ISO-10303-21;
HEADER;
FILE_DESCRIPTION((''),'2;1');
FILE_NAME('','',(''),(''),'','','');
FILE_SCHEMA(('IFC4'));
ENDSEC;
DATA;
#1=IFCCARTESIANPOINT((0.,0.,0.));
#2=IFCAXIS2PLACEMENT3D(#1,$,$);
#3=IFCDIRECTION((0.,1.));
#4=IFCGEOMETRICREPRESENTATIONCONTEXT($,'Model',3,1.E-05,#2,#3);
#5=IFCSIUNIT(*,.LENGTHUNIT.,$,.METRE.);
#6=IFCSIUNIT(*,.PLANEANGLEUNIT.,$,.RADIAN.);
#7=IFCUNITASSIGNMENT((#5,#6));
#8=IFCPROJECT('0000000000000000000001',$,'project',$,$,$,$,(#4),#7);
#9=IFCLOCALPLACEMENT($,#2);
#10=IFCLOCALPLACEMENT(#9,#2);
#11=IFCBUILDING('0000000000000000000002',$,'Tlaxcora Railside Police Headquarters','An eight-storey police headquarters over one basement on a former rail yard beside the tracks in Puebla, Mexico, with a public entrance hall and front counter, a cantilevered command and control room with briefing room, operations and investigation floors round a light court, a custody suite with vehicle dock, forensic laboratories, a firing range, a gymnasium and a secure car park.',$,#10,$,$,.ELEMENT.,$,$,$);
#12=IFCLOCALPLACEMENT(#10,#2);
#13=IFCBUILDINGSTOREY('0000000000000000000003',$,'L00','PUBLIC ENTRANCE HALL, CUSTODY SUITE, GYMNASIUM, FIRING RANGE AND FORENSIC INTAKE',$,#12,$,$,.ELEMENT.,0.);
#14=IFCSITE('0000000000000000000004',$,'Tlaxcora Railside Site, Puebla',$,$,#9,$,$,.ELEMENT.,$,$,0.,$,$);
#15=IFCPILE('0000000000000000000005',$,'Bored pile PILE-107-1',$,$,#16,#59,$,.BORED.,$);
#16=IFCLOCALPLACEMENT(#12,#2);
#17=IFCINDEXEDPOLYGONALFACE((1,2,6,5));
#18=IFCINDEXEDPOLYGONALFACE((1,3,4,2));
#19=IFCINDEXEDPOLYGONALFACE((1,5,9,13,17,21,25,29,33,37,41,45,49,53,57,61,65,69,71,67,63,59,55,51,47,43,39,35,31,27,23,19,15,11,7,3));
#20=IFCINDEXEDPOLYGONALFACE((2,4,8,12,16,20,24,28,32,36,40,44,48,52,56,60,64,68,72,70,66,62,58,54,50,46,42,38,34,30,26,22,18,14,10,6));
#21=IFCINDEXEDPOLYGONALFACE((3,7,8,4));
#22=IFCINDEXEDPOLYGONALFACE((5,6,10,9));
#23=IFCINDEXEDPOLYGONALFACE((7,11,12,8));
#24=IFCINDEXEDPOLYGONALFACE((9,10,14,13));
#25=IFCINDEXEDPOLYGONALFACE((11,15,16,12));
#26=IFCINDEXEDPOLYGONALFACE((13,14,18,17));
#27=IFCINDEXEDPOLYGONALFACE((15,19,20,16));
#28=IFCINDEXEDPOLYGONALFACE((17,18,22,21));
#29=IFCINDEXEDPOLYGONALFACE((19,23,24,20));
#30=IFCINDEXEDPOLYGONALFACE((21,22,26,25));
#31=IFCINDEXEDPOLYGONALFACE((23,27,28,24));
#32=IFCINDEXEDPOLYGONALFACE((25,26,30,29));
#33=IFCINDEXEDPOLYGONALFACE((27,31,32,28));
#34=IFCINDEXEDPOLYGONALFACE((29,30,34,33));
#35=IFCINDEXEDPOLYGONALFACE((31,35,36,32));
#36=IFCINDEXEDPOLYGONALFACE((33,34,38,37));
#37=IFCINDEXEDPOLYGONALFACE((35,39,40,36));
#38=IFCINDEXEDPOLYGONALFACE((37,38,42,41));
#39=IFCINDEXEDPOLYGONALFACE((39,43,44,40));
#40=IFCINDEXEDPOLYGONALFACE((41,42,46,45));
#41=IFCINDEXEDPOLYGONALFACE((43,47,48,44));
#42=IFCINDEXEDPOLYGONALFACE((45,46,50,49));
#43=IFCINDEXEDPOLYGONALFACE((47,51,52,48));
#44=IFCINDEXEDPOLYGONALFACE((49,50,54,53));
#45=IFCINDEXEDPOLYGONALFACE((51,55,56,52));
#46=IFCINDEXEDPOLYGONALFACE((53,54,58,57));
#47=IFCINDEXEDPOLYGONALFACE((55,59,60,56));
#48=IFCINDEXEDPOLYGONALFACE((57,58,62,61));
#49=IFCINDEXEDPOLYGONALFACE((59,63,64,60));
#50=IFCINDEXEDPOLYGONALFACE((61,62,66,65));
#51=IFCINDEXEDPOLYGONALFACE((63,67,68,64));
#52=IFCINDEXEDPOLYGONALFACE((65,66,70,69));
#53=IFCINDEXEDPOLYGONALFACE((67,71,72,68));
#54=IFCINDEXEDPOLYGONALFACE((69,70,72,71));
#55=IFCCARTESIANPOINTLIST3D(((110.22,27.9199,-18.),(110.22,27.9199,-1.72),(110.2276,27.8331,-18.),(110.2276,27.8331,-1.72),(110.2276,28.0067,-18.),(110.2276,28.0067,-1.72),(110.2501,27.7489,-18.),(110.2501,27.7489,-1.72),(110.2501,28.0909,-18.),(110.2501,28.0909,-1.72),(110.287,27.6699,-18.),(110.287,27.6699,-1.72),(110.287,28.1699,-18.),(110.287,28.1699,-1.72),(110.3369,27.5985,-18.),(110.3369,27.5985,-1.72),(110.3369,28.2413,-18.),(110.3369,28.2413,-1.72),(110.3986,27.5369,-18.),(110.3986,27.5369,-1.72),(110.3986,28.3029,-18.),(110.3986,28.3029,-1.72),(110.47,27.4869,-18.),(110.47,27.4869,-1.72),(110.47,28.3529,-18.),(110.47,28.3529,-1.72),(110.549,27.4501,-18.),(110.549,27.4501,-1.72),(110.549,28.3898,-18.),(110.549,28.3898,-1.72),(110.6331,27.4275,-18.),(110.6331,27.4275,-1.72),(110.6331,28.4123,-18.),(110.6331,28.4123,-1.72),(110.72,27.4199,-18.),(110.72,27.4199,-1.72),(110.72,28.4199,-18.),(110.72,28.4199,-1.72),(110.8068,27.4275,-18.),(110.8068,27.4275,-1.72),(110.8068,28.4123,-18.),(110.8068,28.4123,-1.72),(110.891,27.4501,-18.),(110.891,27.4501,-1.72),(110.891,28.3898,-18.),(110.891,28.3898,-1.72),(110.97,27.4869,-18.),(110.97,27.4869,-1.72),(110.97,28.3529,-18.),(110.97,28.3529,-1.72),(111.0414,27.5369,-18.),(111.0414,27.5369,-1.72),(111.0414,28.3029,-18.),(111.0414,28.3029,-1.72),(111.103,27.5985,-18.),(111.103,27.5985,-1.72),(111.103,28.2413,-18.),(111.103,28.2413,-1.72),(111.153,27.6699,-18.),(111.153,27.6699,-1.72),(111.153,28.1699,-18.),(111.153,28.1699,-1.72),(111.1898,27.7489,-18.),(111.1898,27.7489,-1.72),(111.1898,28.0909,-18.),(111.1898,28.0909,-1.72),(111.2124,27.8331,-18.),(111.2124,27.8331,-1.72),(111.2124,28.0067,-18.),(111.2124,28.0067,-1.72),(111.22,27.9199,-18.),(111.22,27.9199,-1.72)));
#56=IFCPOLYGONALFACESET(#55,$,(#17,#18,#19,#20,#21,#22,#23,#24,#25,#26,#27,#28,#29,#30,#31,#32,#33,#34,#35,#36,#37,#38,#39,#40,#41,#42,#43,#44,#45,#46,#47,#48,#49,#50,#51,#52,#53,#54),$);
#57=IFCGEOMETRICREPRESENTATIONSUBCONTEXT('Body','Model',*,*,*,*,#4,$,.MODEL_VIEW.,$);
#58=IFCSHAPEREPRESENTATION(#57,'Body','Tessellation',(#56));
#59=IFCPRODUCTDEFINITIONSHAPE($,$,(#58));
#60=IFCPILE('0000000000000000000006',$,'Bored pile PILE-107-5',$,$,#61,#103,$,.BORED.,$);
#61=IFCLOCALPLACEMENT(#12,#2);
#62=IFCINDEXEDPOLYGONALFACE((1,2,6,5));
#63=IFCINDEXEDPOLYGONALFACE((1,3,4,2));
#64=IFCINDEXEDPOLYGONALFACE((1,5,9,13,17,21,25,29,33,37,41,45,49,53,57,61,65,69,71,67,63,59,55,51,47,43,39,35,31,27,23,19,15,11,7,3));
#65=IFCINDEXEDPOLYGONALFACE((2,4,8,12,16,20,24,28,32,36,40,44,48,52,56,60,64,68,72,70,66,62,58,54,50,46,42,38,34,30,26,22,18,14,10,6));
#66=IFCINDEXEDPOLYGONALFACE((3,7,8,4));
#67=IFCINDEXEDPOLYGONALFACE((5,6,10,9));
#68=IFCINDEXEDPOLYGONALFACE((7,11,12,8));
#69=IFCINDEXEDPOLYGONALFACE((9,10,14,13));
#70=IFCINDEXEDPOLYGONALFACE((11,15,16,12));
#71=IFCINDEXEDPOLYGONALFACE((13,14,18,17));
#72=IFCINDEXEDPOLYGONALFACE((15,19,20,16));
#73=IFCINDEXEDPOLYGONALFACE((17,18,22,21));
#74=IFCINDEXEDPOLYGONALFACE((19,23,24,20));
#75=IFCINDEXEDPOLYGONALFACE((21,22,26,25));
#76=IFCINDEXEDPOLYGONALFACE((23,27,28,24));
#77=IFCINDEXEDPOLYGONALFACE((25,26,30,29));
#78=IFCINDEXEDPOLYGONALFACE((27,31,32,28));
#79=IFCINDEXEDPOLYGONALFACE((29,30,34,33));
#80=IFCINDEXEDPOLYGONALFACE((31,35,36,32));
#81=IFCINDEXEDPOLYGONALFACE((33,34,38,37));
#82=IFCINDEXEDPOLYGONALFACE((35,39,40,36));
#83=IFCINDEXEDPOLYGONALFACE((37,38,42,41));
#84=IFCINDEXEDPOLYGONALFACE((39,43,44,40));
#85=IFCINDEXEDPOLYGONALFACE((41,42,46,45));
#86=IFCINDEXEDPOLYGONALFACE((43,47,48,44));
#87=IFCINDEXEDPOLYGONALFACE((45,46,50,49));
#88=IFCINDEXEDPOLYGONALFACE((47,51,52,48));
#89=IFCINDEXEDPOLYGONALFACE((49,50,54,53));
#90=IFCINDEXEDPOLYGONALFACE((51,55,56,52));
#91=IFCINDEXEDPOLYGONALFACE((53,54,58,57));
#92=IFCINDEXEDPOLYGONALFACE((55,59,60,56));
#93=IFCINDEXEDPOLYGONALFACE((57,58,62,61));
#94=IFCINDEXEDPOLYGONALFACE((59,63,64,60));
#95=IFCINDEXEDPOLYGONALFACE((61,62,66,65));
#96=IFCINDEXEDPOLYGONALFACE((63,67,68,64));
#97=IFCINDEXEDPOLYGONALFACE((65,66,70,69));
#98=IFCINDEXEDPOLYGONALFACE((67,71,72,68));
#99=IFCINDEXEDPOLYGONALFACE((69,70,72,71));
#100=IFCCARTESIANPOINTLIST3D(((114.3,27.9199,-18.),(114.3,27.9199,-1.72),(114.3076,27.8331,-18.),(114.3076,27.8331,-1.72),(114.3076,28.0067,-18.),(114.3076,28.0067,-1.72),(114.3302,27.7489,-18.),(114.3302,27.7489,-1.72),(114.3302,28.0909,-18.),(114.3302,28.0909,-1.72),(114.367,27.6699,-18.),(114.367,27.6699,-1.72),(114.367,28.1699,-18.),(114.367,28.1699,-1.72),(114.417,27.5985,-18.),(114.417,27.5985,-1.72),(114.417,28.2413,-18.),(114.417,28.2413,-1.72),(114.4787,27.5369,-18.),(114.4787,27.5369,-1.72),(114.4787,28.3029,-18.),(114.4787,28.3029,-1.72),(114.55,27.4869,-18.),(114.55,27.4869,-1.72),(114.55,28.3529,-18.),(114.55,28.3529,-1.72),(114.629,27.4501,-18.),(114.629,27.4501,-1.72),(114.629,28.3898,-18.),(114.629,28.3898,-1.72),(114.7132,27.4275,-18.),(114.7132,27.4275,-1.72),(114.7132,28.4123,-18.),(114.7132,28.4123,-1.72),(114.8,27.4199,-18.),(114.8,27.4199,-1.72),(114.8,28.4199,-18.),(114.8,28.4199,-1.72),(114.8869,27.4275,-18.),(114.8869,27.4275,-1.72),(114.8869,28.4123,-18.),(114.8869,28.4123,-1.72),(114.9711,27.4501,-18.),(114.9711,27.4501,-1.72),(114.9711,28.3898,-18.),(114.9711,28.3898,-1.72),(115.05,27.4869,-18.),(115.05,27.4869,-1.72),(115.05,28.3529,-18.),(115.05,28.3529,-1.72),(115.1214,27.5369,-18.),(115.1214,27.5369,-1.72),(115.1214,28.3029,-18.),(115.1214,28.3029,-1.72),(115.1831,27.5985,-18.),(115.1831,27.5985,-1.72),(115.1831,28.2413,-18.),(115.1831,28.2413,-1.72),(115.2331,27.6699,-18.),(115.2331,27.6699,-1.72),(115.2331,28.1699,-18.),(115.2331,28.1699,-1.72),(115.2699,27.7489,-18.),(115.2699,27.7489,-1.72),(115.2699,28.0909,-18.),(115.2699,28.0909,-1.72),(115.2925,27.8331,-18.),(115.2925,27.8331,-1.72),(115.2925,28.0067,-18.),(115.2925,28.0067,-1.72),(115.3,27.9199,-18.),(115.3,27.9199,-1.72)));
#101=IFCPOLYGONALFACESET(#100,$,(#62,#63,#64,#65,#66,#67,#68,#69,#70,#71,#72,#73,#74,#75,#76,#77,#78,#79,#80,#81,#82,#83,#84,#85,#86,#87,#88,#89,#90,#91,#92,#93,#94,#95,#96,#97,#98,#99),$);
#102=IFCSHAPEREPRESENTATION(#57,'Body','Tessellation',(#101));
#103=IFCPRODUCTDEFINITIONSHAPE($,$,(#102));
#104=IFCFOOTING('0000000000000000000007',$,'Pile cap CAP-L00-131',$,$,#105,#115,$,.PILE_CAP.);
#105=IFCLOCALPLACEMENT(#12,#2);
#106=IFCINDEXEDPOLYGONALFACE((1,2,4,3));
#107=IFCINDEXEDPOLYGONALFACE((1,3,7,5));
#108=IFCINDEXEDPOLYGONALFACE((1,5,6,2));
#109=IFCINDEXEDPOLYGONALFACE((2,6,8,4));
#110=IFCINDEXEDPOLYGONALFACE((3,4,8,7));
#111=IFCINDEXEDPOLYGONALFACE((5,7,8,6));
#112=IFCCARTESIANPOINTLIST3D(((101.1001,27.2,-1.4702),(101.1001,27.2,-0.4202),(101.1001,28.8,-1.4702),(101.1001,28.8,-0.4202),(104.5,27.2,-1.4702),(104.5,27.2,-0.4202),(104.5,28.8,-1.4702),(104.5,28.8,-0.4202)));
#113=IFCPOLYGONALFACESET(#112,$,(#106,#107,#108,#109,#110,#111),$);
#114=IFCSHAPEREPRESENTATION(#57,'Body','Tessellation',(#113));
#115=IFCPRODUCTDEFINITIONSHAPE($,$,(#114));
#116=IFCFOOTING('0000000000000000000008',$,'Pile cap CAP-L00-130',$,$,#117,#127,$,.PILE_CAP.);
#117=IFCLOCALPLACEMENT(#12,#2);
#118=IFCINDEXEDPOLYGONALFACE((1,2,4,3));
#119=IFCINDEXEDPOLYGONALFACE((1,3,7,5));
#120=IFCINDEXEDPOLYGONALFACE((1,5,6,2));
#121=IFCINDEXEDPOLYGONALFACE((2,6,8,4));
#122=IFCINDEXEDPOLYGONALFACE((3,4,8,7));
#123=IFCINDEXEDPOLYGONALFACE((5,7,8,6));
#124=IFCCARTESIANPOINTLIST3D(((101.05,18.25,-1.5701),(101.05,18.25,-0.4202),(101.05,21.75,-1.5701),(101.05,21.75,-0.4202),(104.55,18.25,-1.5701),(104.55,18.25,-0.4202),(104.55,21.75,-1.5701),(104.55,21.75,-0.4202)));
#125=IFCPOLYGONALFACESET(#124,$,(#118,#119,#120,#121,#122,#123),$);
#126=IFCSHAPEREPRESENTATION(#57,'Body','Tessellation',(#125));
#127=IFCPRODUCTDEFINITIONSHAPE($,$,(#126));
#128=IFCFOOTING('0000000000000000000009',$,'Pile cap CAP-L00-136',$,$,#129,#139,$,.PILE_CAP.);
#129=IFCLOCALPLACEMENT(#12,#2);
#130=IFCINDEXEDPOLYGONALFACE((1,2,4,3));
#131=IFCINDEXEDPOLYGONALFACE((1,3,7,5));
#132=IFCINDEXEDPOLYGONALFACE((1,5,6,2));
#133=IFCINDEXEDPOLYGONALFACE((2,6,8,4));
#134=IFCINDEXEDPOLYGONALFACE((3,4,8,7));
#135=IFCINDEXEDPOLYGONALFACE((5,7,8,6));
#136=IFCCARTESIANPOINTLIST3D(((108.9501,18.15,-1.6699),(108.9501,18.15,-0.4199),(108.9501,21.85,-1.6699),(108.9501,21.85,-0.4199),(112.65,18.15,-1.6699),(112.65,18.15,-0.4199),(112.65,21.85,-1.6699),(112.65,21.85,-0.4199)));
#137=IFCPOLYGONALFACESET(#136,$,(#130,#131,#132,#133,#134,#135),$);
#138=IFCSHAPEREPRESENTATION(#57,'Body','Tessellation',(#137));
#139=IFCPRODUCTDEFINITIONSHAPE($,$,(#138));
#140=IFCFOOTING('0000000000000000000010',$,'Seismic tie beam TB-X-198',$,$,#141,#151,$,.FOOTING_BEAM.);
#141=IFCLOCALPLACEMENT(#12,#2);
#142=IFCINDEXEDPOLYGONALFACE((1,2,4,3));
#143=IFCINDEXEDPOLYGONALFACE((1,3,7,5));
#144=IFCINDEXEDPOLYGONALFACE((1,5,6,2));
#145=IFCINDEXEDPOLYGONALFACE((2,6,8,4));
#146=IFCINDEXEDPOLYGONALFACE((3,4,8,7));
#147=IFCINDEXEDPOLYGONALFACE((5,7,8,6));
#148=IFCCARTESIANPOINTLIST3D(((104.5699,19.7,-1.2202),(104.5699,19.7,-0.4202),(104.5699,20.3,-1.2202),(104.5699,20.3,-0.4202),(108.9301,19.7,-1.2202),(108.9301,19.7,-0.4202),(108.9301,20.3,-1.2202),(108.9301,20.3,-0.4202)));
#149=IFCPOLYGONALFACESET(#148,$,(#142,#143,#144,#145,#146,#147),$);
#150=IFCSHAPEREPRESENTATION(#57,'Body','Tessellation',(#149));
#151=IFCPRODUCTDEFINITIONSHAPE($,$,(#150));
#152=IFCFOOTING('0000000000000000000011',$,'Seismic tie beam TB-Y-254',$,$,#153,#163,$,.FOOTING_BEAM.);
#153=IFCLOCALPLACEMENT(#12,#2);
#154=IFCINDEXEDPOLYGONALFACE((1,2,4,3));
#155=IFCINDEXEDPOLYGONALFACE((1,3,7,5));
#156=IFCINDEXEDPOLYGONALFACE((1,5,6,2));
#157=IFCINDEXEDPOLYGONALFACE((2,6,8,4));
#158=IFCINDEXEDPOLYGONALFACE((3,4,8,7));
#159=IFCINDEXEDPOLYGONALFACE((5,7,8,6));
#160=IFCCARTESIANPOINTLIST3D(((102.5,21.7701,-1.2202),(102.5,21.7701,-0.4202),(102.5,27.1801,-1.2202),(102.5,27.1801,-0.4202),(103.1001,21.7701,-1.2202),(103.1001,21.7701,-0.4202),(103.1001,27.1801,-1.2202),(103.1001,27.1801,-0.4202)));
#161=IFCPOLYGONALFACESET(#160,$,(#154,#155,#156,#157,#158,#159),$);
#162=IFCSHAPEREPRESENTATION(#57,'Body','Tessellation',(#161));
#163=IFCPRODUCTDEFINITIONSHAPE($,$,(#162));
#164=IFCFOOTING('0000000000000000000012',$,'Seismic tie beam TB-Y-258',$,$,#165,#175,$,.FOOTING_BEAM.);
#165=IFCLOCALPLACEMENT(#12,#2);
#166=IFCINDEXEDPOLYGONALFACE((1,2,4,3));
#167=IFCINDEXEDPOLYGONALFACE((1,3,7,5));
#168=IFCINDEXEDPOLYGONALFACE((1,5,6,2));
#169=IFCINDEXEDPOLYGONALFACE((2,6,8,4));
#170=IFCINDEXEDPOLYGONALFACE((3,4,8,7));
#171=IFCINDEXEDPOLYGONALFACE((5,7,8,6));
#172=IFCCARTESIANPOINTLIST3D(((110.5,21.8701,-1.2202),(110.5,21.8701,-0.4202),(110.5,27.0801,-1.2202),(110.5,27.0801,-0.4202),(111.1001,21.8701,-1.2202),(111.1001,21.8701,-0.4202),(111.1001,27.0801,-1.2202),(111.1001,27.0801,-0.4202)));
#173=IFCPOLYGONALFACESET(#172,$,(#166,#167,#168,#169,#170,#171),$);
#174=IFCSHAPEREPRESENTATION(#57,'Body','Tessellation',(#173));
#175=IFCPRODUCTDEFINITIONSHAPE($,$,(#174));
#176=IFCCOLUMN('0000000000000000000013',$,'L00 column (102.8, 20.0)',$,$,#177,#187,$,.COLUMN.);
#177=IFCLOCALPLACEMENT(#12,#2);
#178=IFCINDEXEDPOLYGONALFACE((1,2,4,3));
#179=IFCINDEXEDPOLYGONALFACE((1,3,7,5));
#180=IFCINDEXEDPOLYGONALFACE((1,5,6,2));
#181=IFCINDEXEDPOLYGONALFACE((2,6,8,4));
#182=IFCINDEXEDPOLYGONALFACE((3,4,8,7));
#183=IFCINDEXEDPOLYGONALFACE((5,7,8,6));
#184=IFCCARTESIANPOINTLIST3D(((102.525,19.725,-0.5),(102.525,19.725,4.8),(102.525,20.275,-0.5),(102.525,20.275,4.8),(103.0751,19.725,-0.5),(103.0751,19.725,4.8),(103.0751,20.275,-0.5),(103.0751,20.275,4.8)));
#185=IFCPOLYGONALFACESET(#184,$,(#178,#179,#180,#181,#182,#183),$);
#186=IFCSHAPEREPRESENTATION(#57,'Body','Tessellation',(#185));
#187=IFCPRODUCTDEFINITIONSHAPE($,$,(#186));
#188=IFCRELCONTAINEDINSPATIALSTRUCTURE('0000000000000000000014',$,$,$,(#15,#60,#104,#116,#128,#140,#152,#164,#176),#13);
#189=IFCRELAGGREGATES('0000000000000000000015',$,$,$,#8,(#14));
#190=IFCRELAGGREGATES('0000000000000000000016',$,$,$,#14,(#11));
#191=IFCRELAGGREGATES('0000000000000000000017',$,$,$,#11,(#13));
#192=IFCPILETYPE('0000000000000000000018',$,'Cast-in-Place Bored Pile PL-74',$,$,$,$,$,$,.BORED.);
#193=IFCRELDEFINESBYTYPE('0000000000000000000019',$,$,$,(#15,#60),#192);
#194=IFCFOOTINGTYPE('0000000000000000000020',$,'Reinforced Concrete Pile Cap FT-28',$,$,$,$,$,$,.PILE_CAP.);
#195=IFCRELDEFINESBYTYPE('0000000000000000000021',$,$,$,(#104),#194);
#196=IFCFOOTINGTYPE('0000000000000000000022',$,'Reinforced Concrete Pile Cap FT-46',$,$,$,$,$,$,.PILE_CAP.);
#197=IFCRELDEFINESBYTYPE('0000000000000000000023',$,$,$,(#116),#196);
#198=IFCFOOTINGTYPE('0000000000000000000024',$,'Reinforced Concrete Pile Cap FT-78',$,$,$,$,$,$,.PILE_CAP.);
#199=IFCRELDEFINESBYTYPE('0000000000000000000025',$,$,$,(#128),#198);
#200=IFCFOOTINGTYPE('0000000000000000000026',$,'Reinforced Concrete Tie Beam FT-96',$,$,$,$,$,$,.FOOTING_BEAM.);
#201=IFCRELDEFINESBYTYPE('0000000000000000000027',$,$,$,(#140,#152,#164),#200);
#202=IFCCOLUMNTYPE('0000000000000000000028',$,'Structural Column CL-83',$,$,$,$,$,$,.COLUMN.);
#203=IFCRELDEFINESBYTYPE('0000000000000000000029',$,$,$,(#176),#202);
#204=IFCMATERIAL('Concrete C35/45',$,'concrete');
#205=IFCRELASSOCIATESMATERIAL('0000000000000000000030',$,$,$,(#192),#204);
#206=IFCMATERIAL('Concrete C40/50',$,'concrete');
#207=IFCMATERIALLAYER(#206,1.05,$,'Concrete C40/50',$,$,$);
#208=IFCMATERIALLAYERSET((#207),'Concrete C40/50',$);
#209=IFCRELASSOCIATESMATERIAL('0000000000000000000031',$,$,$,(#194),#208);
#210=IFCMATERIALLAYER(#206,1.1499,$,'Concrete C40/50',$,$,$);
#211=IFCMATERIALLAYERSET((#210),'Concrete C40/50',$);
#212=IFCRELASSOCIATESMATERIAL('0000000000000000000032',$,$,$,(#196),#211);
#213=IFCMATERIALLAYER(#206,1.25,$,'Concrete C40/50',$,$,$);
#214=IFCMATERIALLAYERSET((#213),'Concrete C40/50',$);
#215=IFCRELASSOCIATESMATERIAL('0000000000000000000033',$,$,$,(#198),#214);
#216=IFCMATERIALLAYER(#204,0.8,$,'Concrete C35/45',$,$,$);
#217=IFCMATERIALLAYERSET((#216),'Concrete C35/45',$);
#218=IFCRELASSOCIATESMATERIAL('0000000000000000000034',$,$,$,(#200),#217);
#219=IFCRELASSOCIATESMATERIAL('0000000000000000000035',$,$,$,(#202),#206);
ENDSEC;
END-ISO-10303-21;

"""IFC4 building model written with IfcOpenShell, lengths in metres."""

from ifc_helpers import new_model, si_unit, direction, frame, origin, origin_2d, place, context, subcontext, project, spatial, rectangle, circle, extrude, material, layer, layer_set, material_profile, profile_set, type_object, element, save


model = new_model("IFC4")

# Units and contexts
model_context = context("Model", 3, precision=1e-05, world=origin(), true_north=direction((0.0, 1.0)))
body_context = subcontext(model_context, "Body", "Model", "MODEL_VIEW")
ifc_project = project(units=[si_unit("LENGTHUNIT", "METRE"), si_unit("PLANEANGLEUNIT", "RADIAN")], contexts=[model_context])

# Site, building, storey
site_placement = place(None, origin())
site = spatial("IfcSite", under=ifc_project, at=site_placement, Name="Tlaxcora Railside Site, Puebla", CompositionType="ELEMENT", RefElevation=0.0)
building_placement = place(site_placement, origin())
building = spatial("IfcBuilding", under=site, at=building_placement, Name="Tlaxcora Railside Police Headquarters", Description="An eight-storey police headquarters over one basement on a former rail yard beside the tracks in Puebla, Mexico, with a public entrance hall and front counter, a cantilevered command and control room with briefing room, operations and investigation floors round a light court, a custody suite with vehicle dock, forensic laboratories, a firing range, a gymnasium and a secure car park.", CompositionType="ELEMENT")
storey_placement = place(building_placement, origin())
storey = spatial("IfcBuildingStorey", under=building, at=storey_placement, Name="L00", Description="PUBLIC ENTRANCE HALL, CUSTODY SUITE, GYMNASIUM, FIRING RANGE AND FORENSIC INTAKE", CompositionType="ELEMENT", Elevation=0.0)

# Piles
ifc_material_1 = material(Name="Concrete C35/45", Category="concrete")
ifc_material_profile_1 = material_profile(ifc_material_1, circle(Radius=0.5, at=origin_2d()), Name="PILE1000")
ifc_profile_set_1 = profile_set([ifc_material_profile_1], Name="Concrete C35/45")
pile_type_1 = type_object("IfcPileType", Name="Cast-in-Place Bored Pile PL-74", PredefinedType="BORED", material=ifc_profile_set_1)
for number, where, z_axis, x_axis, name in (
    (1, (110.72, 27.9199, -1.72), (0.0, 0.0, -1.0), (1.0, 0.0, 0.0), "Bored pile PILE-107-1"),
    (2, (114.8, 27.9199, -1.72), (0.0, 0.0, -1.0), (1.0, 0.0, 0.0), "Bored pile PILE-107-5"),
):
    element("IfcPile", number, at=place(storey_placement, frame(where, z_axis=z_axis, x_axis=x_axis)), inside=storey, type_object=pile_type_1, Name=name, PredefinedType="BORED", context=body_context, shape_type="SweptSolid", body=[
        extrude(circle(Radius=0.5, at=origin_2d()), origin(), (0.0, 0.0, 1.0), 16.28),
    ])

# Footings
ifc_material_2 = material(Name="Concrete C40/50", Category="concrete")
ifc_layer_1 = layer(ifc_material_2, 1.05, Name="Concrete C40/50")
ifc_layer_set_1 = layer_set([ifc_layer_1], Name="Concrete C40/50")
footing_type_1 = type_object("IfcFootingType", Name="Reinforced Concrete Pile Cap FT-28", PredefinedType="PILE_CAP", material=ifc_layer_set_1)
footing_1_placement = place(storey_placement, frame((102.8, 28.0, -1.4702), z_axis=(0.0, 0.0, 1.0), x_axis=(1.0, 0.0, 0.0)))
element("IfcFooting", 3, at=footing_1_placement, inside=storey, type_object=footing_type_1, Name="Pile cap CAP-L00-131", PredefinedType="PILE_CAP", context=body_context, shape_type="SweptSolid", body=[
    extrude(rectangle(XDim=3.3999, YDim=1.6001, at=origin_2d()), origin(), (0.0, 0.0, 1.0), 1.05),
])
ifc_layer_2 = layer(ifc_material_2, 1.1499, Name="Concrete C40/50")
ifc_layer_set_2 = layer_set([ifc_layer_2], Name="Concrete C40/50")
footing_type_2 = type_object("IfcFootingType", Name="Reinforced Concrete Pile Cap FT-46", PredefinedType="PILE_CAP", material=ifc_layer_set_2)
footing_2_placement = place(storey_placement, frame((102.8, 20.0, -1.5701), z_axis=(0.0, 0.0, 1.0), x_axis=(1.0, 0.0, 0.0)))
element("IfcFooting", 4, at=footing_2_placement, inside=storey, type_object=footing_type_2, Name="Pile cap CAP-L00-130", PredefinedType="PILE_CAP", context=body_context, shape_type="SweptSolid", body=[
    extrude(rectangle(XDim=3.5, YDim=3.5, at=origin_2d()), origin(), (0.0, 0.0, 1.0), 1.1499),
])
ifc_layer_3 = layer(ifc_material_2, 1.25, Name="Concrete C40/50")
ifc_layer_set_3 = layer_set([ifc_layer_3], Name="Concrete C40/50")
footing_type_3 = type_object("IfcFootingType", Name="Reinforced Concrete Pile Cap FT-78", PredefinedType="PILE_CAP", material=ifc_layer_set_3)
footing_3_placement = place(storey_placement, frame((110.8, 20.0, -1.6699), z_axis=(0.0, 0.0, 1.0), x_axis=(1.0, 0.0, 0.0)))
element("IfcFooting", 5, at=footing_3_placement, inside=storey, type_object=footing_type_3, Name="Pile cap CAP-L00-136", PredefinedType="PILE_CAP", context=body_context, shape_type="SweptSolid", body=[
    extrude(rectangle(XDim=3.7, YDim=3.7, at=origin_2d()), origin(), (0.0, 0.0, 1.0), 1.25),
])
ifc_layer_4 = layer(ifc_material_1, 0.8, Name="Concrete C35/45")
ifc_layer_set_4 = layer_set([ifc_layer_4], Name="Concrete C35/45")
footing_type_4 = type_object("IfcFootingType", Name="Reinforced Concrete Tie Beam FT-96", PredefinedType="FOOTING_BEAM", material=ifc_layer_set_4)
footing_4_placement = place(storey_placement, frame((106.75, 20.0, -1.2202), z_axis=(0.0, 0.0, 1.0), x_axis=(1.0, 0.0, 0.0)))
element("IfcFooting", 6, at=footing_4_placement, inside=storey, type_object=footing_type_4, Name="Seismic tie beam TB-X-198", PredefinedType="FOOTING_BEAM", context=body_context, shape_type="SweptSolid", body=[
    extrude(rectangle(XDim=4.3601, YDim=0.6001, at=origin_2d()), origin(), (0.0, 0.0, 1.0), 0.8),
])
footing_5_placement = place(storey_placement, frame((102.8, 24.4751, -1.2202), z_axis=(0.0, 0.0, 1.0), x_axis=(0.0, 1.0, 0.0)))
element("IfcFooting", 7, at=footing_5_placement, inside=storey, type_object=footing_type_4, Name="Seismic tie beam TB-Y-254", PredefinedType="FOOTING_BEAM", context=body_context, shape_type="SweptSolid", body=[
    extrude(rectangle(XDim=5.4099, YDim=0.6001, at=origin_2d()), origin(), (0.0, 0.0, 1.0), 0.8),
])
footing_6_placement = place(storey_placement, frame((110.8, 24.4751, -1.2202), z_axis=(0.0, 0.0, 1.0), x_axis=(0.0, 1.0, 0.0)))
element("IfcFooting", 8, at=footing_6_placement, inside=storey, type_object=footing_type_4, Name="Seismic tie beam TB-Y-258", PredefinedType="FOOTING_BEAM", context=body_context, shape_type="SweptSolid", body=[
    extrude(rectangle(XDim=5.21, YDim=0.6001, at=origin_2d()), origin(), (0.0, 0.0, 1.0), 0.8),
])

# Column
ifc_material_profile_2 = material_profile(ifc_material_2, rectangle(XDim=0.55, YDim=0.55, at=origin_2d()), Name="RC550X550")
ifc_profile_set_2 = profile_set([ifc_material_profile_2], Name="Concrete C40/50")
column_type = type_object("IfcColumnType", Name="Structural Column CL-83", PredefinedType="COLUMN", material=ifc_profile_set_2)
for number, where, z_axis, x_axis, name in (
    (9, (102.8, 20.0, -0.5), (0.0, 0.0, 1.0), (1.0, 0.0, 0.0), "L00 column (102.8, 20.0)"),
):
    element("IfcColumn", number, at=place(storey_placement, frame(where, z_axis=z_axis, x_axis=x_axis)), inside=storey, type_object=column_type, Name=name, PredefinedType="COLUMN", context=body_context, shape_type="SweptSolid", body=[
        extrude(rectangle(XDim=0.55, YDim=0.55, at=origin_2d()), origin(), (0.0, 0.0, 1.0), 5.3),
    ])

save(model, "model.ifc")
